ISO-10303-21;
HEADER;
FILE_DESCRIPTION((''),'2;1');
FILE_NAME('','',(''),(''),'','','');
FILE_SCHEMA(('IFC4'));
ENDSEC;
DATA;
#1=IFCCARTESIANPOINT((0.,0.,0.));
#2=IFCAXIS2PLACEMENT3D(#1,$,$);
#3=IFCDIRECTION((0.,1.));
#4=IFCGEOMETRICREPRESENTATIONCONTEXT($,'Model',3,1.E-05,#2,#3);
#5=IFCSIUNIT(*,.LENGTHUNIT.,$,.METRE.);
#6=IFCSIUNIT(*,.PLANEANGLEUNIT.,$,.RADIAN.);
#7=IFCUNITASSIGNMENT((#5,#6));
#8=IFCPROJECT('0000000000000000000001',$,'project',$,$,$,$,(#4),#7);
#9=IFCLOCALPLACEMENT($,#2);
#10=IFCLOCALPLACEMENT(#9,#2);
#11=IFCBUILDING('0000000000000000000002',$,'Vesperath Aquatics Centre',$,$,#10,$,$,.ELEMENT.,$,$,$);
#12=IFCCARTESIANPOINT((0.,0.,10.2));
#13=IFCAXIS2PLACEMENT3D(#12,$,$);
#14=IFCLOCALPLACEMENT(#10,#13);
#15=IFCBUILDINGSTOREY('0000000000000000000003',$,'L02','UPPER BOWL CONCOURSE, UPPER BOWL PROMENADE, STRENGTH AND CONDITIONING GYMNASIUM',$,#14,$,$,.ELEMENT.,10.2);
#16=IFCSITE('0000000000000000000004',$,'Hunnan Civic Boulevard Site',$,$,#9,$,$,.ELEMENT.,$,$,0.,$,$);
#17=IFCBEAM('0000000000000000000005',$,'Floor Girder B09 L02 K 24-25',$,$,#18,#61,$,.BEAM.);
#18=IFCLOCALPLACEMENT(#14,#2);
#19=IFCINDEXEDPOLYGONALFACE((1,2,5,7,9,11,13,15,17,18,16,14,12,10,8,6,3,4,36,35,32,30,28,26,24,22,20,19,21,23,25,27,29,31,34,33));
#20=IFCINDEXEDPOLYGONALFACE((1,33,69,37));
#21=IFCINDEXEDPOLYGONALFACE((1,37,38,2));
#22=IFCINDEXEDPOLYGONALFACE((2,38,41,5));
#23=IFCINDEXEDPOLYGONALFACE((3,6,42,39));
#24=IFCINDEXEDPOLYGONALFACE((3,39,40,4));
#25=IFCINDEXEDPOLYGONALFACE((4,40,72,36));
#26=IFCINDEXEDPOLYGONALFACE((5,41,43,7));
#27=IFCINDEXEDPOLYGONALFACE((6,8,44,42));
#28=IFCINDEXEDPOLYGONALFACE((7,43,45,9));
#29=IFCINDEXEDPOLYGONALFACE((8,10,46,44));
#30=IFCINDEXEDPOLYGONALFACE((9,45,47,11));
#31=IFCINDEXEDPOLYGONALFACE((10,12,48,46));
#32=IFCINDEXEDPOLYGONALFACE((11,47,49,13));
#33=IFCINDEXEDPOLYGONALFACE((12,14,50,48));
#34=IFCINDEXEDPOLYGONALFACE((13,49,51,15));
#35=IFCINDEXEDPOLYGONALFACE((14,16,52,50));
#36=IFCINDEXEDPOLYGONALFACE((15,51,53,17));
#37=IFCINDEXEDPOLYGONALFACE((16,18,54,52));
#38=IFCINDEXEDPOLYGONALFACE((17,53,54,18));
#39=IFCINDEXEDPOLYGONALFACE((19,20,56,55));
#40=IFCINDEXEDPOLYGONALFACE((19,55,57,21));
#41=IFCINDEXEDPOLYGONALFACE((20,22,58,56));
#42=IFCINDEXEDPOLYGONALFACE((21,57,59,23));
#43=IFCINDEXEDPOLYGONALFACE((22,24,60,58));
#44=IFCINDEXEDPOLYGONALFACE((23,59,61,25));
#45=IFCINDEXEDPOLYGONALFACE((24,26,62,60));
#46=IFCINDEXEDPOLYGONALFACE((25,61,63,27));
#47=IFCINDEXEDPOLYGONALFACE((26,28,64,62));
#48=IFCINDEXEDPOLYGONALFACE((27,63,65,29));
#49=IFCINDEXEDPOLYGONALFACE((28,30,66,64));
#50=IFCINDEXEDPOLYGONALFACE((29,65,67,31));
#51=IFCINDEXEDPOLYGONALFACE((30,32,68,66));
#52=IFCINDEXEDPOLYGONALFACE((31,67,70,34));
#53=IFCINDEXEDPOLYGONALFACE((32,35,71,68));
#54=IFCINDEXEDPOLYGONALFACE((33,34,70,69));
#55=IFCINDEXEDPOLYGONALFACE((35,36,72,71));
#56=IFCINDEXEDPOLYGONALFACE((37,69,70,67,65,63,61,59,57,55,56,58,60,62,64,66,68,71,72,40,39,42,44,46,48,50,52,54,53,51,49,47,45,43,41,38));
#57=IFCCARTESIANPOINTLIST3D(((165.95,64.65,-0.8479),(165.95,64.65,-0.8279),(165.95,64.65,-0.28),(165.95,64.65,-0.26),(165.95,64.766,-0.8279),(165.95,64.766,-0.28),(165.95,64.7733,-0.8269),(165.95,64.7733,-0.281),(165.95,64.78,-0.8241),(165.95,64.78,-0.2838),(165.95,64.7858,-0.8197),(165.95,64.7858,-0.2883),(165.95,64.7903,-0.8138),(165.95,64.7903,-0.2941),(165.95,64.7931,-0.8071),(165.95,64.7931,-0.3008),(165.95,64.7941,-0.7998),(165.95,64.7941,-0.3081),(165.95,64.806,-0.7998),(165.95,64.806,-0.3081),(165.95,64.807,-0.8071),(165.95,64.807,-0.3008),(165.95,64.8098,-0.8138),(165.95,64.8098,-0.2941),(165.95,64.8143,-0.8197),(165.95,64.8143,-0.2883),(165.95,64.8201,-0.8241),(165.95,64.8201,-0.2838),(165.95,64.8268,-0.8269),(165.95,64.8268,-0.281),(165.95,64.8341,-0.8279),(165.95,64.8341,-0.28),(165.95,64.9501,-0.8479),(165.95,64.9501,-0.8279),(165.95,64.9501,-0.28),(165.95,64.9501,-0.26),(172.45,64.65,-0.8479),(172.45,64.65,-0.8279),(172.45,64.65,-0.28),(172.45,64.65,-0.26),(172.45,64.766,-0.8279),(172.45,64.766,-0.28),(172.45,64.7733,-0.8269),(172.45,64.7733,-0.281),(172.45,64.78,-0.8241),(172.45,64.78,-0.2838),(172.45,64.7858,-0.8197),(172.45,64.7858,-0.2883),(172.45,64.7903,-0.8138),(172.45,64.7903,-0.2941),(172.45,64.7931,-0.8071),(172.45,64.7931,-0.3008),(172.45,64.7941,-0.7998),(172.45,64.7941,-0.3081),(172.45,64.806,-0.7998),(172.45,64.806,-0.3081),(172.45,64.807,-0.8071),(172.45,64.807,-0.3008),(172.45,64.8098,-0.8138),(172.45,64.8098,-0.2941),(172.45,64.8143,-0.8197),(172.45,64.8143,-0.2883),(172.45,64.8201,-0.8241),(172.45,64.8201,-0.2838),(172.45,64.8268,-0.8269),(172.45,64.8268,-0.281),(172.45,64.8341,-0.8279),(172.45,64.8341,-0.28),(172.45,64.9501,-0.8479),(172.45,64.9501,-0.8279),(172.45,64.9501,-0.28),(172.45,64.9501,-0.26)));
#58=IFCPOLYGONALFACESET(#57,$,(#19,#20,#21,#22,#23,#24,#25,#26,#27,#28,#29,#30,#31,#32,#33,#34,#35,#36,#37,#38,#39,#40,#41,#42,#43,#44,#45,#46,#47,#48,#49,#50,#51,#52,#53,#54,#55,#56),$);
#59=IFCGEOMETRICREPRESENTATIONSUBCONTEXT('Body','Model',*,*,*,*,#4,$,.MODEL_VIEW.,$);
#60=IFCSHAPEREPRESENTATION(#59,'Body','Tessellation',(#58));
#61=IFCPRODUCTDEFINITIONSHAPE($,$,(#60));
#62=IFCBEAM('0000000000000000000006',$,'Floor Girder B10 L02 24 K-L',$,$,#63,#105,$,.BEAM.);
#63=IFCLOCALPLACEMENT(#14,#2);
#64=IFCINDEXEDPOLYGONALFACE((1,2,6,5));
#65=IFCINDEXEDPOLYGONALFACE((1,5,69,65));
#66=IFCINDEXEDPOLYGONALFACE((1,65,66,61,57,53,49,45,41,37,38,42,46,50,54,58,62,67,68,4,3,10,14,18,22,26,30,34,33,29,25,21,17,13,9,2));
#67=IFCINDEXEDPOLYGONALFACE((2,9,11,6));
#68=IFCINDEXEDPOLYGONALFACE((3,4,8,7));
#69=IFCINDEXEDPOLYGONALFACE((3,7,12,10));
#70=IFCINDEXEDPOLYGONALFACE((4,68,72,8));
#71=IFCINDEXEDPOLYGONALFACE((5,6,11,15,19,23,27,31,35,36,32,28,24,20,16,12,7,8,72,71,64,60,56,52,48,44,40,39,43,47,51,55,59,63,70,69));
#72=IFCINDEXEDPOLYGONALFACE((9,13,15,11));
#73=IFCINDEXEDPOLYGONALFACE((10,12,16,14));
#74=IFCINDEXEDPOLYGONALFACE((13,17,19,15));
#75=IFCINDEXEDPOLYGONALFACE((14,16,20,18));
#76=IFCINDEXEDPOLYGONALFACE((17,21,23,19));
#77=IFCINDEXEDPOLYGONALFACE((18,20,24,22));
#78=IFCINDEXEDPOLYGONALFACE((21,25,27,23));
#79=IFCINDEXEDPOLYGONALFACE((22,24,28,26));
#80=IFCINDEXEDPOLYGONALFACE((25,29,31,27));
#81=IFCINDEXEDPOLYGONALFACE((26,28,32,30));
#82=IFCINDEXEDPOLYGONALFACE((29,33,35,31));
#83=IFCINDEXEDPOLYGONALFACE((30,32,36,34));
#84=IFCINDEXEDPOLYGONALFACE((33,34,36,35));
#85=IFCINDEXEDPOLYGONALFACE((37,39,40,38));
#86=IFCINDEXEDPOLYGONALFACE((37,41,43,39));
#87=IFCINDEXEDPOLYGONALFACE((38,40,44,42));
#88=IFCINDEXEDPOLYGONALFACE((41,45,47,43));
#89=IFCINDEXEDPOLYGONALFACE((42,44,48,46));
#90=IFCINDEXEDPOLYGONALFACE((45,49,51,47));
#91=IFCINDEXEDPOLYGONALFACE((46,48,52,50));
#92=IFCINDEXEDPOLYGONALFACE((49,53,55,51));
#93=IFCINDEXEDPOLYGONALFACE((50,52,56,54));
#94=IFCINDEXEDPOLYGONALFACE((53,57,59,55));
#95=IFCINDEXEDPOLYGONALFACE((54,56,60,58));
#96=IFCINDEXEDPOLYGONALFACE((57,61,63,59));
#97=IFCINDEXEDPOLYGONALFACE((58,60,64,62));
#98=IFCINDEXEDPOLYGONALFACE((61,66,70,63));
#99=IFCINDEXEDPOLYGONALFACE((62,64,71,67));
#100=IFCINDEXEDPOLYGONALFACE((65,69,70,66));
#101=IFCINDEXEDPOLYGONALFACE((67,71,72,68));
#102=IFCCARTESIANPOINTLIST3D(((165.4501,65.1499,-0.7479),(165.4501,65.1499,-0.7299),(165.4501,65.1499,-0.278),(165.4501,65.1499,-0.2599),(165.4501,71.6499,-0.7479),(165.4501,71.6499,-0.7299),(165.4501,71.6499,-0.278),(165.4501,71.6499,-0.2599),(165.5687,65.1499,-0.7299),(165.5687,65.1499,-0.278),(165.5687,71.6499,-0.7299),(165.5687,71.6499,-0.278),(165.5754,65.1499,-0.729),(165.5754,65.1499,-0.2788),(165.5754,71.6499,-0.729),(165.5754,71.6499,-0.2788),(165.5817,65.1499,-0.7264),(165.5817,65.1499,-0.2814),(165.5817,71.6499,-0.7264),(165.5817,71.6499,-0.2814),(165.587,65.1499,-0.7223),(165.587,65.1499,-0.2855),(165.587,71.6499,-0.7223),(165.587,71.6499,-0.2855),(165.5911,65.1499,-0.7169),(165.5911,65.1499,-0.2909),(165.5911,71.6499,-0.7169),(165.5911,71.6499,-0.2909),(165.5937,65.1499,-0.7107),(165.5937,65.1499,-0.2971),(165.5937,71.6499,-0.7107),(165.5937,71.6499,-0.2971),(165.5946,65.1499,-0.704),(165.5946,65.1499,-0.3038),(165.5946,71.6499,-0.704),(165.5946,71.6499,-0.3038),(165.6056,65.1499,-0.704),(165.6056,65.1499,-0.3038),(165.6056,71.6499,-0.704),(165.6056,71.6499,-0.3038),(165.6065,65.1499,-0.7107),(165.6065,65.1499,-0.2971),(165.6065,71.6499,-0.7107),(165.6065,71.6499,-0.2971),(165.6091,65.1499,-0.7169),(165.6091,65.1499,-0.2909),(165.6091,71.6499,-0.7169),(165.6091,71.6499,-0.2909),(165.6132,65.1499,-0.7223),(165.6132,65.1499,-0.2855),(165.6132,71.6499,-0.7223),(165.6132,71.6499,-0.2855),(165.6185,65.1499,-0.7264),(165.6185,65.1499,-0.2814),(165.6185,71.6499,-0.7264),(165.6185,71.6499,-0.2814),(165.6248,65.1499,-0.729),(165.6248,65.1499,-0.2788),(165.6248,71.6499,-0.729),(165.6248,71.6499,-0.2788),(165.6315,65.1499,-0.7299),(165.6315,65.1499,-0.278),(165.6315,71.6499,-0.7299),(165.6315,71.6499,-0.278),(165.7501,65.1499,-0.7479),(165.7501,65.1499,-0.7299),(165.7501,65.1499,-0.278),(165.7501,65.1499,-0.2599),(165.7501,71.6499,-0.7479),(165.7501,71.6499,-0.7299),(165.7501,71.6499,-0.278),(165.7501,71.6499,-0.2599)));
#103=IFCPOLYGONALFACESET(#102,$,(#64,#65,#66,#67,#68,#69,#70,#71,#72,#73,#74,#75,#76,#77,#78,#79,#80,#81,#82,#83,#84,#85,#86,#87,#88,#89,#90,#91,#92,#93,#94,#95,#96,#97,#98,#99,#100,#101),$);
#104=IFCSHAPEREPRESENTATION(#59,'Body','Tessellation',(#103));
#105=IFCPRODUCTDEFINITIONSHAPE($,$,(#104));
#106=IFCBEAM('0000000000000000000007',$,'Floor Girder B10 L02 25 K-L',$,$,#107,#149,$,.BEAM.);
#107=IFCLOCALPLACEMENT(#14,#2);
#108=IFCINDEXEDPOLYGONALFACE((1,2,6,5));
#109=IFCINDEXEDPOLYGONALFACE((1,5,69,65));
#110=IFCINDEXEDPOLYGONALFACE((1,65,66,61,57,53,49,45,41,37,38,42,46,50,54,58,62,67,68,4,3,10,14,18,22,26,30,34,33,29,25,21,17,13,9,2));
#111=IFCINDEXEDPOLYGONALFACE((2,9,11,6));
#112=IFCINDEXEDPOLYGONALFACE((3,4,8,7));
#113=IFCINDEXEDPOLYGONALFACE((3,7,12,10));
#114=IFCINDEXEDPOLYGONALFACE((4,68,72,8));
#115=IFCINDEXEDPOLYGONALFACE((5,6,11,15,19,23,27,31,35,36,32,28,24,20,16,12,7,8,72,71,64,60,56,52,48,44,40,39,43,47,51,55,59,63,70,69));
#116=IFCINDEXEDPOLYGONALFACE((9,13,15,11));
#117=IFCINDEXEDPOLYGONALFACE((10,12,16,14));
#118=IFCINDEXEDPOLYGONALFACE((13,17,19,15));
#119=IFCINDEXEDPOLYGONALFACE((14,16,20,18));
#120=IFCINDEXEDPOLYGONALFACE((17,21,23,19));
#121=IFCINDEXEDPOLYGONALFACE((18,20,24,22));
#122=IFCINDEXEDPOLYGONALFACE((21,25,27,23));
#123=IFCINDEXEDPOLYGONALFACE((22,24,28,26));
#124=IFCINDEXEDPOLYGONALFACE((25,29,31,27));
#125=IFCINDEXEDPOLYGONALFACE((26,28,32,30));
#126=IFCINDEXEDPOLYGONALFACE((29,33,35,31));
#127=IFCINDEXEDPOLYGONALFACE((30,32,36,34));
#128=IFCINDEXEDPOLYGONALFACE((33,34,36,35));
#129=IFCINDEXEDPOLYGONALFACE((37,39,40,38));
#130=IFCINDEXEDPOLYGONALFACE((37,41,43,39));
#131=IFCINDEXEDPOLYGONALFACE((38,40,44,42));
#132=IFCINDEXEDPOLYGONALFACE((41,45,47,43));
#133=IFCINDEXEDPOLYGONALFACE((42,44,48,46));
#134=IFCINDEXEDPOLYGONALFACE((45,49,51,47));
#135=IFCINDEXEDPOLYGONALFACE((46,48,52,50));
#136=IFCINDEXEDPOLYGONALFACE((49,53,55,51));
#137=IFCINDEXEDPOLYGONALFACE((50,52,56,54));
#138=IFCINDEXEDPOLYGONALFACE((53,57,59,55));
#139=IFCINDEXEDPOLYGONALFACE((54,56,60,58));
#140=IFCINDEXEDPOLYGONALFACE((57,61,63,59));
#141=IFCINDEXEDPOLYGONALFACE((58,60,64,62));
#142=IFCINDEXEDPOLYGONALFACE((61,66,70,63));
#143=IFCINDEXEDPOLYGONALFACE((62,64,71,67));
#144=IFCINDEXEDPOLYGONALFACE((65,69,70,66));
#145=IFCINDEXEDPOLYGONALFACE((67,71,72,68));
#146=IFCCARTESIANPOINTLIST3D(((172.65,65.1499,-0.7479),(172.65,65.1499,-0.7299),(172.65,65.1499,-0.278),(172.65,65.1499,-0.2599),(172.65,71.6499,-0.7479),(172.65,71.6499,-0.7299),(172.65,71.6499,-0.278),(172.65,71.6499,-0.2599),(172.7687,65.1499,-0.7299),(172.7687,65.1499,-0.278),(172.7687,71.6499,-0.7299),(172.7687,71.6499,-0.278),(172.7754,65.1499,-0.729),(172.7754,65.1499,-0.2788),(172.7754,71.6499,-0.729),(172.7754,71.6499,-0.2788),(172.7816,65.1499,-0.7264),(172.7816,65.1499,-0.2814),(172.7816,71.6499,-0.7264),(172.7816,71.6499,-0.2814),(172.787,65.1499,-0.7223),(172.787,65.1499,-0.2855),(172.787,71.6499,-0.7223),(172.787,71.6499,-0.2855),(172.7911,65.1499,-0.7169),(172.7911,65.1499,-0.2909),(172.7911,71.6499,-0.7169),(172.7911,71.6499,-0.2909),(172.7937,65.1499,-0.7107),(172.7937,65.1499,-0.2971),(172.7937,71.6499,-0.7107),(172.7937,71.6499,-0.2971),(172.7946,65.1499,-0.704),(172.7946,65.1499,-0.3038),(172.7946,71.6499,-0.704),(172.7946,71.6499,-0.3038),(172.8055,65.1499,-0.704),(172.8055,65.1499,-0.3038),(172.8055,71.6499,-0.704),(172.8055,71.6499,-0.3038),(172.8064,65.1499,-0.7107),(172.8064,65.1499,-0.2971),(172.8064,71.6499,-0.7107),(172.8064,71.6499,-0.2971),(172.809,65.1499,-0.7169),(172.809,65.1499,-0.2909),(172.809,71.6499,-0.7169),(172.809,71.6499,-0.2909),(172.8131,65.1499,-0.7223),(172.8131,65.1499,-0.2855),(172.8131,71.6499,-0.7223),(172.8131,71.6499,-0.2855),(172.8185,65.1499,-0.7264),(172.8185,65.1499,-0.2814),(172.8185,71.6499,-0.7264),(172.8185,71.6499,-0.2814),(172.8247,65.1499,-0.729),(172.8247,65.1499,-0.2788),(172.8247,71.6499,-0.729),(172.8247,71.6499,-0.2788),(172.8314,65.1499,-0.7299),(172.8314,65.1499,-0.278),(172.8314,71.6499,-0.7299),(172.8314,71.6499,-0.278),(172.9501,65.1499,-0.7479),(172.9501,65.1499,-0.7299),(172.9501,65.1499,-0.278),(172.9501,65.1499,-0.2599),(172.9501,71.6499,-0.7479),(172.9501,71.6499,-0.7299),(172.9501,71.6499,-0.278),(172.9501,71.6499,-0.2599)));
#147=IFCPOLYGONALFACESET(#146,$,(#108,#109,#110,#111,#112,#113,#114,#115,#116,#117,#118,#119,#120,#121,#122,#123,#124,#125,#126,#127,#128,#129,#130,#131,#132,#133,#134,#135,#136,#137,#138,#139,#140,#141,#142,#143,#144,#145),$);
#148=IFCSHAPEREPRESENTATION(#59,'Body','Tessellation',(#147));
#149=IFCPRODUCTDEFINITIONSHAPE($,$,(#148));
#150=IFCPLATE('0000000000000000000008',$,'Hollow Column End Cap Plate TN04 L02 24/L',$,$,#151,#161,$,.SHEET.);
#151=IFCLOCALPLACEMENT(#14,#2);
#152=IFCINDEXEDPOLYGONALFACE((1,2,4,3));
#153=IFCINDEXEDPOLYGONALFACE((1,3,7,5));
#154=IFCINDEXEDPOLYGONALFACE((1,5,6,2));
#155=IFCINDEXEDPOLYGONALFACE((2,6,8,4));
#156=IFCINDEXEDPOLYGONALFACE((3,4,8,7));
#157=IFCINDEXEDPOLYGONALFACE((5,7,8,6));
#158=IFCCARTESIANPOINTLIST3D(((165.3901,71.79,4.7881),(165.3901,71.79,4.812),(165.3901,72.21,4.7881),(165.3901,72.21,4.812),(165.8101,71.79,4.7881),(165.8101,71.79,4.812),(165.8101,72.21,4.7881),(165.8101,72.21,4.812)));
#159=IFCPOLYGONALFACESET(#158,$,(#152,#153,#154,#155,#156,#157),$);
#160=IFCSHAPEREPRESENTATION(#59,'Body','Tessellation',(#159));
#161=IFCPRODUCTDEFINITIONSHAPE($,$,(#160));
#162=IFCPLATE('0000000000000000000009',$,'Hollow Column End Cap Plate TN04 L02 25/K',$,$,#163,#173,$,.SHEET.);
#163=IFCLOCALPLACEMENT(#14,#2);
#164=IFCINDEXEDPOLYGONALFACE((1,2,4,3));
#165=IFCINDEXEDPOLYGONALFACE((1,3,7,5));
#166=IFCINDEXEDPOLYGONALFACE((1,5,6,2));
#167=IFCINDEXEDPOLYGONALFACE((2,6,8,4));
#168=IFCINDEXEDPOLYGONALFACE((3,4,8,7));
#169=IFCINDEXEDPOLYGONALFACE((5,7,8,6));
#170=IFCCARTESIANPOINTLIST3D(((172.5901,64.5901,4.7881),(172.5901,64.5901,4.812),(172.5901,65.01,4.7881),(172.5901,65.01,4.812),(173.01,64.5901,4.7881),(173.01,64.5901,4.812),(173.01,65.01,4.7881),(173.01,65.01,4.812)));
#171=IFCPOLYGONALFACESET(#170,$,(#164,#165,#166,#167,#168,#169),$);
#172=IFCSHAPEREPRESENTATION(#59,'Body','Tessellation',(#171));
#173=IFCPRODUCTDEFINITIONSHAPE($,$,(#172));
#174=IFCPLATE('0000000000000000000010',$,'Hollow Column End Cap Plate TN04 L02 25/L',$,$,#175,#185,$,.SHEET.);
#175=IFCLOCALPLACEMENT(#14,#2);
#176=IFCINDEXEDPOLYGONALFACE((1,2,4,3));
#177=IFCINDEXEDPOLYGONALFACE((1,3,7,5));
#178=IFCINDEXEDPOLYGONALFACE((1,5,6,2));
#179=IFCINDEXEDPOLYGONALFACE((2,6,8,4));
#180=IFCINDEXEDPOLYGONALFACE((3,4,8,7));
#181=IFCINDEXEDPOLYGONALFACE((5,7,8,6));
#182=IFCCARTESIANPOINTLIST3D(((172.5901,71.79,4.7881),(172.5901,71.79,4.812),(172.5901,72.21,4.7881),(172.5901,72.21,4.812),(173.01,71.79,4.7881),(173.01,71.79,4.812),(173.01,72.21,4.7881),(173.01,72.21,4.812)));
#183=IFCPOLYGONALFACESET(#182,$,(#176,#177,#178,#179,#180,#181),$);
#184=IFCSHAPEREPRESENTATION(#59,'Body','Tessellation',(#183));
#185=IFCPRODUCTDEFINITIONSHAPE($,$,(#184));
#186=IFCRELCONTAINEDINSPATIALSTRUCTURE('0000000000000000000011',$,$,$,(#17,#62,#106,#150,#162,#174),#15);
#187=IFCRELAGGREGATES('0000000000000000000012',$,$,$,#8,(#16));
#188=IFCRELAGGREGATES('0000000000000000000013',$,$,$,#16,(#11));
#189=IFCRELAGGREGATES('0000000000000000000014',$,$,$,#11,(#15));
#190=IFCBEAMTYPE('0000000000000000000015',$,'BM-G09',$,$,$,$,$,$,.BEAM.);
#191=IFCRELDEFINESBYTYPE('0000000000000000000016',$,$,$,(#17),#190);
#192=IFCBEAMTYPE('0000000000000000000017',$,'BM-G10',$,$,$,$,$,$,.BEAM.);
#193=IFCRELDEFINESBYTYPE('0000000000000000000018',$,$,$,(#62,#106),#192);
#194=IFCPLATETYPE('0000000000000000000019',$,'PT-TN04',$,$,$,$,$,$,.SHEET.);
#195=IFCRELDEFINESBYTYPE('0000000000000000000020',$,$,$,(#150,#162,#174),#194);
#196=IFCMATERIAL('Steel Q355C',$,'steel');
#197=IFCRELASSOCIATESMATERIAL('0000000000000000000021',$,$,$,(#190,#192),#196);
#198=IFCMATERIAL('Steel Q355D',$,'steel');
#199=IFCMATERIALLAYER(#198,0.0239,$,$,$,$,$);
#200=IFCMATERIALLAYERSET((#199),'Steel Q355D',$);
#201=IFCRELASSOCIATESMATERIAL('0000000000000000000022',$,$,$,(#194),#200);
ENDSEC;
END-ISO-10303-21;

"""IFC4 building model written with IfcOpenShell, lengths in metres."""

from ifc_helpers import new_model, si_unit, direction, frame, origin, origin_2d, place, context, subcontext, project, spatial, rectangle, i_section, extrude, material, layer, layer_set, material_profile, profile_set, type_object, element, save


model = new_model("IFC4")

# Units and contexts
model_context = context("Model", 3, precision=1e-05, world=origin(), true_north=direction((0.0, 1.0)))
body_context = subcontext(model_context, "Body", "Model", "MODEL_VIEW")
ifc_project = project(units=[si_unit("LENGTHUNIT", "METRE"), si_unit("PLANEANGLEUNIT", "RADIAN")], contexts=[model_context])

# Site, building, storey
site_placement = place(None, origin())
site = spatial("IfcSite", under=ifc_project, at=site_placement, Name="Hunnan Civic Boulevard Site", CompositionType="ELEMENT", RefElevation=0.0)
building_placement = place(site_placement, origin())
building = spatial("IfcBuilding", under=site, at=building_placement, Name="Vesperath Aquatics Centre", CompositionType="ELEMENT")
storey_placement = place(building_placement, frame((0.0, 0.0, 10.2)))
storey = spatial("IfcBuildingStorey", under=building, at=storey_placement, Name="L02", Description="UPPER BOWL CONCOURSE, UPPER BOWL PROMENADE, STRENGTH AND CONDITIONING GYMNASIUM", CompositionType="ELEMENT", Elevation=10.2)

# Shared definitions
ifc_material_1 = material(Name="Steel Q355D", Category="steel")

# Beams
ifc_material_2 = material(Name="Steel Q355C", Category="steel")
ifc_material_profile_1 = material_profile(ifc_material_2, i_section(OverallWidth=0.3, OverallDepth=0.5879, WebThickness=0.012, FlangeThickness=0.02, FilletRadius=0.0281, at=origin_2d()), Name="HM 588x300x12x20")
ifc_profile_set_1 = profile_set([ifc_material_profile_1], Name="Steel Q355C")
beam_type_1 = type_object("IfcBeamType", Name="BM-G09", PredefinedType="BEAM", material=ifc_profile_set_1)
beam_1_placement = place(storey_placement, frame((165.95, 64.8, -0.554), z_axis=(1.0, 0.0, 0.0), x_axis=(0.0, 1.0, 0.0)))
element("IfcBeam", 1, at=beam_1_placement, inside=storey, type_object=beam_type_1, Name="Floor Girder B09 L02 K 24-25", PredefinedType="BEAM", context=body_context, shape_type="SweptSolid", body=[
    extrude(i_section(OverallWidth=0.3, OverallDepth=0.5879, WebThickness=0.012, FlangeThickness=0.02, FilletRadius=0.0281, at=origin_2d()), origin(), (0.0, 0.0, 1.0), 6.5),
])
ifc_material_profile_2 = material_profile(ifc_material_2, i_section(OverallWidth=0.3, OverallDepth=0.488, WebThickness=0.011, FlangeThickness=0.0181, FilletRadius=0.0259, at=origin_2d()), Name="HM 488x300x11x18")
ifc_profile_set_2 = profile_set([ifc_material_profile_2], Name="Steel Q355C")
beam_type_2 = type_object("IfcBeamType", Name="BM-G10", PredefinedType="BEAM", material=ifc_profile_set_2)
for number, where, z_axis, x_axis, name in (
    (2, (165.6001, 65.1499, -0.5039), (0.0, 1.0, 0.0), (-1.0, 0.0, 0.0), "Floor Girder B10 L02 24 K-L"),
    (3, (172.8, 65.1499, -0.5039), (0.0, 1.0, 0.0), (-1.0, 0.0, 0.0), "Floor Girder B10 L02 25 K-L"),
):
    element("IfcBeam", number, at=place(storey_placement, frame(where, z_axis=z_axis, x_axis=x_axis)), inside=storey, type_object=beam_type_2, Name=name, PredefinedType="BEAM", context=body_context, shape_type="SweptSolid", body=[
        extrude(i_section(OverallWidth=0.3, OverallDepth=0.488, WebThickness=0.011, FlangeThickness=0.0181, FilletRadius=0.0259, at=origin_2d()), origin(), (0.0, 0.0, 1.0), 6.5),
    ])

# Plates
ifc_layer_1 = layer(ifc_material_1, 0.0239)
ifc_layer_set_1 = layer_set([ifc_layer_1], Name="Steel Q355D")
plate_type = type_object("IfcPlateType", Name="PT-TN04", PredefinedType="SHEET", material=ifc_layer_set_1)
for number, where, z_axis, x_axis, name in (
    (4, (165.6001, 72.0, 4.7881), (0.0, 0.0, 1.0), (1.0, 0.0, 0.0), "Hollow Column End Cap Plate TN04 L02 24/L"),
    (5, (172.8, 64.8, 4.7881), (0.0, 0.0, 1.0), (1.0, 0.0, 0.0), "Hollow Column End Cap Plate TN04 L02 25/K"),
    (6, (172.8, 72.0, 4.7881), (0.0, 0.0, 1.0), (1.0, 0.0, 0.0), "Hollow Column End Cap Plate TN04 L02 25/L"),
):
    element("IfcPlate", number, at=place(storey_placement, frame(where, z_axis=z_axis, x_axis=x_axis)), inside=storey, type_object=plate_type, Name=name, PredefinedType="SHEET", context=body_context, shape_type="SweptSolid", body=[
        extrude(rectangle(XDim=0.4199, YDim=0.4199, at=origin_2d()), origin(), (0.0, 0.0, 1.0), 0.0239),
    ])

save(model, "model.ifc")
